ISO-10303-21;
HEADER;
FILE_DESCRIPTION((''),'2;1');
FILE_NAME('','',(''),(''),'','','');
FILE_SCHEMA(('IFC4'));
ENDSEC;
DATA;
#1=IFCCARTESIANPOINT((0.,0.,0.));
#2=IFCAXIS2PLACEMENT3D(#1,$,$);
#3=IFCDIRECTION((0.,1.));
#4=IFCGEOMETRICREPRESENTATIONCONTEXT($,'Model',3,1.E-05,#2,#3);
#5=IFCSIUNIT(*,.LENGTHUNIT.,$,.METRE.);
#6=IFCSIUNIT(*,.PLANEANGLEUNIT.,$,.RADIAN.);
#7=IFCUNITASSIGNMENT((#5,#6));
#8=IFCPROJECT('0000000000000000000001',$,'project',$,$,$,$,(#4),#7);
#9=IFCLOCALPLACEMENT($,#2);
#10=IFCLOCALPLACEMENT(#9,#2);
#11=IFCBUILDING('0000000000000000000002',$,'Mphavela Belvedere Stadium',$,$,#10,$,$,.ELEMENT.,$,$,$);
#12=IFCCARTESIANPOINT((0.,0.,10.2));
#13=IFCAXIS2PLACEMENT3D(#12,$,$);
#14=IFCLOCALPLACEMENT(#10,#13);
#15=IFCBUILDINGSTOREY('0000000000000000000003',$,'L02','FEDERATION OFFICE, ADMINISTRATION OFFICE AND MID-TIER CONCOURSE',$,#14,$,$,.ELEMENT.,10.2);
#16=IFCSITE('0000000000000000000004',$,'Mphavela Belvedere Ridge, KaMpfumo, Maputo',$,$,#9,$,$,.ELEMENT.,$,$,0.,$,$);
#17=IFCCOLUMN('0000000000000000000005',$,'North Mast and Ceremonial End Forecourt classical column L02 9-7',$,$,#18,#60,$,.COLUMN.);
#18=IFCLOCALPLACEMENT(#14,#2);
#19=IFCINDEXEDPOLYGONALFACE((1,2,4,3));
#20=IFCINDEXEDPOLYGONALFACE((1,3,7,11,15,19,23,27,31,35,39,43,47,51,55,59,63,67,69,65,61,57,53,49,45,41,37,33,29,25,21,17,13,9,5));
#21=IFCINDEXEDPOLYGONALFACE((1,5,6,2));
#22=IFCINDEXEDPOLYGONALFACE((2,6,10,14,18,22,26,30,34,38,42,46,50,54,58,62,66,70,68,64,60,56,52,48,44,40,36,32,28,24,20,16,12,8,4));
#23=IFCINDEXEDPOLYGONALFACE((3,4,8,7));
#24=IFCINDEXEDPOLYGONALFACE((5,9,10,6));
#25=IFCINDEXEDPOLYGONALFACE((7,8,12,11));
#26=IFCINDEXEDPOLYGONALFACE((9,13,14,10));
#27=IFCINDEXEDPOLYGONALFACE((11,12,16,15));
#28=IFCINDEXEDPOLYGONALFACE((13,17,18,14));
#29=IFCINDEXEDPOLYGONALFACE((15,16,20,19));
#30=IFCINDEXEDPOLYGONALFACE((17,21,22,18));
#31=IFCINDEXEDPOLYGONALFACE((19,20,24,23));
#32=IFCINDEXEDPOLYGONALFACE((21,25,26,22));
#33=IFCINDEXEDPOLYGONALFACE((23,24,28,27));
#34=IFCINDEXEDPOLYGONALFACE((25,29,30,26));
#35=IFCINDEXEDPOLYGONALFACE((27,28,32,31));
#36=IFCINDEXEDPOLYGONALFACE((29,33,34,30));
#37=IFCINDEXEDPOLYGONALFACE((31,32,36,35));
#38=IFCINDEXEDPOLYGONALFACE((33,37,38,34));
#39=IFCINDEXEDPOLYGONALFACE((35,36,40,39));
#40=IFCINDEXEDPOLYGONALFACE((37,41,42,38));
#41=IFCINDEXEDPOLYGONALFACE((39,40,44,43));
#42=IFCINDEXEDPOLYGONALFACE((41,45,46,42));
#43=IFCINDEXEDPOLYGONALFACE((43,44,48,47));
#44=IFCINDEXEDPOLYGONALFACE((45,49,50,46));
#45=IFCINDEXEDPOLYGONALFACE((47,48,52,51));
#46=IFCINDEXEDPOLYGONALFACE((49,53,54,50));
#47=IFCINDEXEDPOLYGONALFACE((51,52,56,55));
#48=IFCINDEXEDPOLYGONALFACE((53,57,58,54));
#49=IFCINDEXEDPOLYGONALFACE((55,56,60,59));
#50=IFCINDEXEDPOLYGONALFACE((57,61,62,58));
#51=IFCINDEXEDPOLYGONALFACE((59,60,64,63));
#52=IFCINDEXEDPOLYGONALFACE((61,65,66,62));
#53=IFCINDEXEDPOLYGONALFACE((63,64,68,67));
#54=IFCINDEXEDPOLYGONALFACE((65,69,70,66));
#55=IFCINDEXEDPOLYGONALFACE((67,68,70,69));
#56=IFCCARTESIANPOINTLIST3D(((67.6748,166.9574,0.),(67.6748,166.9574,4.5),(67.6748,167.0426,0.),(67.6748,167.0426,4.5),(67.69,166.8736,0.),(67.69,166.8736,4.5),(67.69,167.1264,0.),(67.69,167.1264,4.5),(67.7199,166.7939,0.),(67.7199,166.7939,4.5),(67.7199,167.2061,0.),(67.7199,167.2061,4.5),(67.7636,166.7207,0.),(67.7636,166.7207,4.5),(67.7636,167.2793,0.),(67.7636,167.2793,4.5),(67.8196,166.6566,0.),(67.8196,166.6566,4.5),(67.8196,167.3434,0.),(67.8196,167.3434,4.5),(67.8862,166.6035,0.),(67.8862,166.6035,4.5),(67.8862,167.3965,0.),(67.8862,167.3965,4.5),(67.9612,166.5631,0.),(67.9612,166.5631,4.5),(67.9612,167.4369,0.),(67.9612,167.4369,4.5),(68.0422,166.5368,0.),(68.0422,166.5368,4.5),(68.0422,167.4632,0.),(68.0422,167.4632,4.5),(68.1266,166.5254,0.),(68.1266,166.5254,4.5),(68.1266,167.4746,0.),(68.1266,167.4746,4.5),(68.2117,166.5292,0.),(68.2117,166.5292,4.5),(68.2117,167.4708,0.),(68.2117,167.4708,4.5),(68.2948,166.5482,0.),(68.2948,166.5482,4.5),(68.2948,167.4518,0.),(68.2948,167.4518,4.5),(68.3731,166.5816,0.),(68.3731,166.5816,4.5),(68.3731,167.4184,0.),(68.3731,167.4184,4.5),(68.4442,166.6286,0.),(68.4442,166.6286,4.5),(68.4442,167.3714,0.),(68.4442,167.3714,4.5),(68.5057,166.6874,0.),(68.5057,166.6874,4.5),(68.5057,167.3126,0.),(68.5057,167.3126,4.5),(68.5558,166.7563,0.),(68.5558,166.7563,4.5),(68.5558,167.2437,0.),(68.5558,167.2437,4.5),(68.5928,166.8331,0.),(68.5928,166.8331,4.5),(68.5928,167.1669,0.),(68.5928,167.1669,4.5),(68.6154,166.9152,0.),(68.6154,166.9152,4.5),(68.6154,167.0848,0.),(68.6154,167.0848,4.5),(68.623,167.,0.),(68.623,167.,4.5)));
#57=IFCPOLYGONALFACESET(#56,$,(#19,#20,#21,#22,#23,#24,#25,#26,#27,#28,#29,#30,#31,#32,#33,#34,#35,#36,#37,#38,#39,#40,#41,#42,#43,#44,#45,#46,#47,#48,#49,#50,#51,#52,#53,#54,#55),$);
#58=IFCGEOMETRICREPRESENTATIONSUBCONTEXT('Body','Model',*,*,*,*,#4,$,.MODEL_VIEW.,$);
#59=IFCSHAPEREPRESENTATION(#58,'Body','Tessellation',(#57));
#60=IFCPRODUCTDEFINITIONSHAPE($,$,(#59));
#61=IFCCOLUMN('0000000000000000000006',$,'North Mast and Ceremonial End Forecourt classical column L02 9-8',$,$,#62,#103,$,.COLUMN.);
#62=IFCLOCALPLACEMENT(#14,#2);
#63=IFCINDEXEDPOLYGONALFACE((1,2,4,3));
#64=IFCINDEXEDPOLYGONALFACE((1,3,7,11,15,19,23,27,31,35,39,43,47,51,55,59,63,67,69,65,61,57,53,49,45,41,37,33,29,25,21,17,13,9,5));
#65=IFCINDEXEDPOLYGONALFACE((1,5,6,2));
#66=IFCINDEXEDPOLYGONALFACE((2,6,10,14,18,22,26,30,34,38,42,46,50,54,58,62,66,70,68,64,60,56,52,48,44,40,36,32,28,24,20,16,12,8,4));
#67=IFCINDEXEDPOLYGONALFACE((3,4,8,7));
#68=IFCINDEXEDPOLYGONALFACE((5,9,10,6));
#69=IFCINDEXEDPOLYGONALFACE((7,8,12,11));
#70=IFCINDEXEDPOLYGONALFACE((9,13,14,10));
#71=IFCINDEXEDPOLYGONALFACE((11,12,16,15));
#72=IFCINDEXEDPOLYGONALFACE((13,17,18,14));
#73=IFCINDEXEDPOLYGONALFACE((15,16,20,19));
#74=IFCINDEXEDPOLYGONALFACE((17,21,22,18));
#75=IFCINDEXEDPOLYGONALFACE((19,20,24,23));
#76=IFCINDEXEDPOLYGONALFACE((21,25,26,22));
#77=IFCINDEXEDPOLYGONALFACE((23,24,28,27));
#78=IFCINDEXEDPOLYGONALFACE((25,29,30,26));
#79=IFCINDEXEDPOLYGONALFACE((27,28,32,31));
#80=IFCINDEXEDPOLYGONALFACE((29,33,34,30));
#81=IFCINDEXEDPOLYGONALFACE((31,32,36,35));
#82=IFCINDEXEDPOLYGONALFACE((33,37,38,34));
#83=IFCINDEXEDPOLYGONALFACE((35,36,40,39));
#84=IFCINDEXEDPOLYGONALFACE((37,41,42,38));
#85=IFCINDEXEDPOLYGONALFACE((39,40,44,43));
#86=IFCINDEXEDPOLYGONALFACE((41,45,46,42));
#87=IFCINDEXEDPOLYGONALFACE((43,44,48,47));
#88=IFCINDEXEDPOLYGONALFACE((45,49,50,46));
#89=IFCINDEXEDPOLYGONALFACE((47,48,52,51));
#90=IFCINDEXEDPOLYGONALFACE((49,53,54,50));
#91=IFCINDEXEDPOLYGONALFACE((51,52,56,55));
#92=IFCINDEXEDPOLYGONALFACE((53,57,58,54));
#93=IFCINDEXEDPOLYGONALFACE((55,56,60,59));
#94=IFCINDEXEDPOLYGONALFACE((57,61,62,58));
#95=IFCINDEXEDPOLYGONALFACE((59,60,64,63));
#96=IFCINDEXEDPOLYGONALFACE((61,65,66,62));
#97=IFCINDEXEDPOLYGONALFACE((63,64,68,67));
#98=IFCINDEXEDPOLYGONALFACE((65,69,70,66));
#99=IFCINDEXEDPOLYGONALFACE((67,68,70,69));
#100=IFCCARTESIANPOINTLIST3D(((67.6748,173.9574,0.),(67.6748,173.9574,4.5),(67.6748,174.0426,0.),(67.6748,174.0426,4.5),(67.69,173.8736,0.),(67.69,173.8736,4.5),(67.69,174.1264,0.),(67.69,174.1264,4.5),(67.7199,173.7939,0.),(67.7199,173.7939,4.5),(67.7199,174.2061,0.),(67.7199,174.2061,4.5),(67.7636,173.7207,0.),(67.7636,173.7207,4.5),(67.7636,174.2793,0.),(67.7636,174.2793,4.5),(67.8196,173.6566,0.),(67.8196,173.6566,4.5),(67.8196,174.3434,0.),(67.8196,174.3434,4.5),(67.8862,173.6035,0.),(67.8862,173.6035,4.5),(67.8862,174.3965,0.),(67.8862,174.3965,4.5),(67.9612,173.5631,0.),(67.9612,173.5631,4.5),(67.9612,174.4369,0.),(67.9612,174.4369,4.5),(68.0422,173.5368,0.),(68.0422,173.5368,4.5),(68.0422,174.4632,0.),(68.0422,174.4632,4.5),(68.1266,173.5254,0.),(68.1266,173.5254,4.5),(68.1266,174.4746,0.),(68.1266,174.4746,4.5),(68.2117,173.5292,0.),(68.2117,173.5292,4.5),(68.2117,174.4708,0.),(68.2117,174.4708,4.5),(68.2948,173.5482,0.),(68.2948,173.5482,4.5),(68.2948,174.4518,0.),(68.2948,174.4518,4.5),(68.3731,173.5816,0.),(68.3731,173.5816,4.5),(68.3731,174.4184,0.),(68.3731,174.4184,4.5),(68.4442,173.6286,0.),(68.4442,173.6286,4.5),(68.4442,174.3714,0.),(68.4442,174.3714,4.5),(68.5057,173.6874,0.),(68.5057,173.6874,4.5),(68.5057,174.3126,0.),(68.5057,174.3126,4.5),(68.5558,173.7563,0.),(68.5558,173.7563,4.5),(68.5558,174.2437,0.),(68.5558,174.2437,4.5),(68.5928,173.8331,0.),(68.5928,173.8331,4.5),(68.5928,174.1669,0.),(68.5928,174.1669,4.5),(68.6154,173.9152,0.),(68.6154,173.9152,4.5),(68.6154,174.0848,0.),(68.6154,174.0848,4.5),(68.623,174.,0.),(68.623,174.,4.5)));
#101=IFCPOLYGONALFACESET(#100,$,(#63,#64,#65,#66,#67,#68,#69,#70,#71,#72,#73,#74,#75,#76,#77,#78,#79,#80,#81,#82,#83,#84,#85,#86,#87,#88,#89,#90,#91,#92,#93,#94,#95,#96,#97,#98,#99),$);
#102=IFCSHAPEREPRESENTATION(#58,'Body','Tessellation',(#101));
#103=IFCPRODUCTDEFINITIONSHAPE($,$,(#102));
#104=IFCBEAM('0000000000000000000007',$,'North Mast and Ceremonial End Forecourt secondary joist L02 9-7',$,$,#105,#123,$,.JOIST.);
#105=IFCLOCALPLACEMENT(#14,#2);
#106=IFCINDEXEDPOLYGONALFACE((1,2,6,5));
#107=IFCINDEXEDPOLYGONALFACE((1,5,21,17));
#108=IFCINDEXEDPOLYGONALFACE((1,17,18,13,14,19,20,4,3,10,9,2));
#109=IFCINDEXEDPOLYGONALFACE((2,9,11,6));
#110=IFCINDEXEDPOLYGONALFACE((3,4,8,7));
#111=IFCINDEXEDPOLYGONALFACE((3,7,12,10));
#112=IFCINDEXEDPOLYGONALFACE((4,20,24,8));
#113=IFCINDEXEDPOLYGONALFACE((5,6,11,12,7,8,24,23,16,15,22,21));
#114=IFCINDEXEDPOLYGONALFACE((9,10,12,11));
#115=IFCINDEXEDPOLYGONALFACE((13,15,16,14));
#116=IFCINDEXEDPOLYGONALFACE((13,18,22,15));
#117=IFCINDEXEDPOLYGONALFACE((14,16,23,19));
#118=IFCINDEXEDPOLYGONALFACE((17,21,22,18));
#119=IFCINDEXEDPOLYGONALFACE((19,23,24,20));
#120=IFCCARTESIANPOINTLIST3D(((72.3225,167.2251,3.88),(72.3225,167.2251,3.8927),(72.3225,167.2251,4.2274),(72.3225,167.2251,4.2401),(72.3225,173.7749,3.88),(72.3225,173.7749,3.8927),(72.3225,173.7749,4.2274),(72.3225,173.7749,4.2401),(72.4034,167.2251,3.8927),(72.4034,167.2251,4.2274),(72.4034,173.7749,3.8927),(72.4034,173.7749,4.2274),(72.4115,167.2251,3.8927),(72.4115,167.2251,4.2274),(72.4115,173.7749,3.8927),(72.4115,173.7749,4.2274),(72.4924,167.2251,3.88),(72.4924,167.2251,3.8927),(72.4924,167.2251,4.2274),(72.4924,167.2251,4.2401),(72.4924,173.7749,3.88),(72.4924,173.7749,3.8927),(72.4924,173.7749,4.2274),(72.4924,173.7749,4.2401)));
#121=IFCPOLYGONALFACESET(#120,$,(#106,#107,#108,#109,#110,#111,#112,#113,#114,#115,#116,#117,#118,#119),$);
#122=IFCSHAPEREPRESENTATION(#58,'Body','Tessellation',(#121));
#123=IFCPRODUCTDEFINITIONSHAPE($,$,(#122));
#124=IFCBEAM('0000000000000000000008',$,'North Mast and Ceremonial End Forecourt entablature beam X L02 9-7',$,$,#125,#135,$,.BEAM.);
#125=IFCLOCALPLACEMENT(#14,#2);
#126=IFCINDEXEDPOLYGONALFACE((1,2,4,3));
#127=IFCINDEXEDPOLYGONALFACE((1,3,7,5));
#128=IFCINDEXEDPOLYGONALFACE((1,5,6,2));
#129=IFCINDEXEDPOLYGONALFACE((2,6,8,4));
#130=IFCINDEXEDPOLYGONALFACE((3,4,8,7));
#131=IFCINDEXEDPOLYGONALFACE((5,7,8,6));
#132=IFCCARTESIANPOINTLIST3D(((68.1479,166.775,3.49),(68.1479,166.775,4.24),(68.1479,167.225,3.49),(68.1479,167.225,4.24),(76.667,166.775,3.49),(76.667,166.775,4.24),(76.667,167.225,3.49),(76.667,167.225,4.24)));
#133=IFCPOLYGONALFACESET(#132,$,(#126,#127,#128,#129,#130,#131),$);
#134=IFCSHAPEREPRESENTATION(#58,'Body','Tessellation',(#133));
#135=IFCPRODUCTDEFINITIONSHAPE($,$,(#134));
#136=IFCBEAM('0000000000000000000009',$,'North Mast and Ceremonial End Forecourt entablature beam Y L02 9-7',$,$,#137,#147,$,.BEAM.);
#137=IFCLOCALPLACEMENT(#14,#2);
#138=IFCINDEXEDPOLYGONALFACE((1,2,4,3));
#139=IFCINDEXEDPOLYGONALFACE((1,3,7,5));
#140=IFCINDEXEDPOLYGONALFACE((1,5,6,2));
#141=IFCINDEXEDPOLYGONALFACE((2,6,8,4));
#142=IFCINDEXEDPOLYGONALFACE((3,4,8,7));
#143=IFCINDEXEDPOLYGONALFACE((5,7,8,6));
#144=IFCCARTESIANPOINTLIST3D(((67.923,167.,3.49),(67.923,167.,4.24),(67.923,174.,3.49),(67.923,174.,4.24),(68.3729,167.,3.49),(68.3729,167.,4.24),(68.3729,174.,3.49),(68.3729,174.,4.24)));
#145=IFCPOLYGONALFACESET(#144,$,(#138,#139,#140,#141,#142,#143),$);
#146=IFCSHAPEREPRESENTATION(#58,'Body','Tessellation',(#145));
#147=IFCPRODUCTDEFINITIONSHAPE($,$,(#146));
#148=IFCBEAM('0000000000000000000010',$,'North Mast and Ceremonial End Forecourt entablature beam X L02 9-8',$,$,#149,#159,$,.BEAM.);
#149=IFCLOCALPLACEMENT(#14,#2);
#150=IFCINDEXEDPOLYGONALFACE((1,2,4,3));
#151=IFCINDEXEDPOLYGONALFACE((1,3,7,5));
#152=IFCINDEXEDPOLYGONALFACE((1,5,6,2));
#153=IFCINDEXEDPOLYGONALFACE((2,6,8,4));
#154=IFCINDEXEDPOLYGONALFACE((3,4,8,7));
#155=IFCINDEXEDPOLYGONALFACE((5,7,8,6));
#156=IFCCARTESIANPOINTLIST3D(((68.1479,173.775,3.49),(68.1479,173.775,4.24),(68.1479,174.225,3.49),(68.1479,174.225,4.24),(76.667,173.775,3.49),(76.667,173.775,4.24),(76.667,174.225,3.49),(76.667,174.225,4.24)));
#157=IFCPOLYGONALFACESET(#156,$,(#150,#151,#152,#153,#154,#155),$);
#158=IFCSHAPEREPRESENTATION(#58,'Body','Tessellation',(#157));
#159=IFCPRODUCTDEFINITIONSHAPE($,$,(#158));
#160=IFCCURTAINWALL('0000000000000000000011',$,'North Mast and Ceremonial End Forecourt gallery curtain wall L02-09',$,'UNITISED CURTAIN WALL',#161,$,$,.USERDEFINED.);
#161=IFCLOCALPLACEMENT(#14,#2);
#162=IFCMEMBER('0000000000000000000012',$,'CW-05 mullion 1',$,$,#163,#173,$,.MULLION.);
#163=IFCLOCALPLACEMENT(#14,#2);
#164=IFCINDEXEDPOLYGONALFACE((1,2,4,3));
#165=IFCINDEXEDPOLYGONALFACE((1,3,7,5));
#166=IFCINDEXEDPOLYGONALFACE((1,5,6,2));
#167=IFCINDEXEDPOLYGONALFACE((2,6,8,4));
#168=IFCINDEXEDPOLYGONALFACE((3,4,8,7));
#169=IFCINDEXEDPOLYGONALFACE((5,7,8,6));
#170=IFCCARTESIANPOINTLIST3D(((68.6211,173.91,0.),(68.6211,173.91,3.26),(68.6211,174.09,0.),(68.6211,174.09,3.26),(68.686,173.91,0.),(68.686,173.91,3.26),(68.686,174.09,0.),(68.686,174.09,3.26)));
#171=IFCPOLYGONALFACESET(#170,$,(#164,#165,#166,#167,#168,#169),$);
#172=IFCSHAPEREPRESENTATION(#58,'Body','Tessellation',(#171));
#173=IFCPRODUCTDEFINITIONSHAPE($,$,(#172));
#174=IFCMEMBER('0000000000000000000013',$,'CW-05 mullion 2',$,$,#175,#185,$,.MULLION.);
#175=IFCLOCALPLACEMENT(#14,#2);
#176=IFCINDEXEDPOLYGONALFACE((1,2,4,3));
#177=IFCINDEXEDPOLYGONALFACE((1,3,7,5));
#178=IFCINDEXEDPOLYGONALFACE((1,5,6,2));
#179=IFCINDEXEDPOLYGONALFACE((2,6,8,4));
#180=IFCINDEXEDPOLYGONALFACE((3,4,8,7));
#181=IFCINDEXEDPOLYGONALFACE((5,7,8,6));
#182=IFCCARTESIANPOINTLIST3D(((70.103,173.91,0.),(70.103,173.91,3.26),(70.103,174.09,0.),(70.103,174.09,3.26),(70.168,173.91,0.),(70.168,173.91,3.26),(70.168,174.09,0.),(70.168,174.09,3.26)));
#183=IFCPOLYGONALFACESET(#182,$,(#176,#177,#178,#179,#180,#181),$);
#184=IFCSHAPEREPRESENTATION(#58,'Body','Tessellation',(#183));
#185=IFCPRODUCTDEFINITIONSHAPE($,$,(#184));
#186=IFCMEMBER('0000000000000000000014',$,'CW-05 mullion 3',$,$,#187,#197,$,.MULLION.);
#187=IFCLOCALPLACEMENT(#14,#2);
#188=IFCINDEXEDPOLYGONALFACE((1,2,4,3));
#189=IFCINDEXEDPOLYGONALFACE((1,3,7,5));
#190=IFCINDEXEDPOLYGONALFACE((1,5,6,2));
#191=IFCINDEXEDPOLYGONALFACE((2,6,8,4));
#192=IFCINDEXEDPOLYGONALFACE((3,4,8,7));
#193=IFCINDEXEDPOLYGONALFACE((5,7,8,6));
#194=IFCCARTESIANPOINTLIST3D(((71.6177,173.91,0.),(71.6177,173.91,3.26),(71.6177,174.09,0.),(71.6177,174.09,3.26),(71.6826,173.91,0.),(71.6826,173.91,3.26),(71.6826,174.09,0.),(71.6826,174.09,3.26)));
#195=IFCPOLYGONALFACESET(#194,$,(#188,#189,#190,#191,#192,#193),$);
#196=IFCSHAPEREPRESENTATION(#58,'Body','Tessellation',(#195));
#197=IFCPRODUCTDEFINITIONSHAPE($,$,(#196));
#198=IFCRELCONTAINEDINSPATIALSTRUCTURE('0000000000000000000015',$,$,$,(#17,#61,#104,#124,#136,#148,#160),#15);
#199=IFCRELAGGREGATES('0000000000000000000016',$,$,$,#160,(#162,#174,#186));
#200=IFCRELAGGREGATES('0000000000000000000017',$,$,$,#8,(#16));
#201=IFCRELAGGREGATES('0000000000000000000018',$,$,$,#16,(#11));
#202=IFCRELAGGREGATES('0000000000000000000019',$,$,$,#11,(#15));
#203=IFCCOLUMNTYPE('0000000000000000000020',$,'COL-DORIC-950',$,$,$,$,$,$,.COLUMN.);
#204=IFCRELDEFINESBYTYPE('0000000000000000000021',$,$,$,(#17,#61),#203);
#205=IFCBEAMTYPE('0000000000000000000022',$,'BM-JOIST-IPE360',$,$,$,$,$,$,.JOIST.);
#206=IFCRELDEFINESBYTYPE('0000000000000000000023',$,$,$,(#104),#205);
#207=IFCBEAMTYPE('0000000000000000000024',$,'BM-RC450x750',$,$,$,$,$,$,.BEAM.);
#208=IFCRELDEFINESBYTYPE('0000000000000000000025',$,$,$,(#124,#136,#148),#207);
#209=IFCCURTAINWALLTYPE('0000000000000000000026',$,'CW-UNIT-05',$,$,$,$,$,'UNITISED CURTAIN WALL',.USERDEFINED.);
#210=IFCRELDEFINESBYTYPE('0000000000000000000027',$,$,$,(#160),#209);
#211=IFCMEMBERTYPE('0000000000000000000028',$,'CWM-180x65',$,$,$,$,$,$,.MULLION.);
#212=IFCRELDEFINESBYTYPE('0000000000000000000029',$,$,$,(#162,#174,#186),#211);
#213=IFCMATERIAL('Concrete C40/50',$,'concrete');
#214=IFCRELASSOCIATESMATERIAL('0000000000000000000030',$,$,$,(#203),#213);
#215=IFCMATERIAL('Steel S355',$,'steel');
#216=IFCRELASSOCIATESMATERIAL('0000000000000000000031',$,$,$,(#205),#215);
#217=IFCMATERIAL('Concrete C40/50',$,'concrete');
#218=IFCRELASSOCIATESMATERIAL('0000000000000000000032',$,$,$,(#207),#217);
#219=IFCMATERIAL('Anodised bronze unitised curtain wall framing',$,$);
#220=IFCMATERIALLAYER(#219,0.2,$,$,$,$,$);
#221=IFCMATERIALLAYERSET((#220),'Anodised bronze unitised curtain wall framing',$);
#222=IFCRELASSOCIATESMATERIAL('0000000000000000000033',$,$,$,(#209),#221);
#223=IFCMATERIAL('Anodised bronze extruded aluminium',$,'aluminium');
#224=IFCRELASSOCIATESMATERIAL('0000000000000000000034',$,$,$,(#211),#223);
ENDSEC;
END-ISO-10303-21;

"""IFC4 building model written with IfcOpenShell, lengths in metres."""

from ifc_helpers import new_model, si_unit, direction, frame, origin, origin_2d, place, context, subcontext, project, spatial, rectangle, circle, i_section, extrude, material, layer, layer_set, material_profile, profile_set, type_object, element, aggregate, save


model = new_model("IFC4")

# Units and contexts
model_context = context("Model", 3, precision=1e-05, world=origin(), true_north=direction((0.0, 1.0)))
body_context = subcontext(model_context, "Body", "Model", "MODEL_VIEW")
ifc_project = project(units=[si_unit("LENGTHUNIT", "METRE"), si_unit("PLANEANGLEUNIT", "RADIAN")], contexts=[model_context])

# Site, building, storey
site_placement = place(None, origin())
site = spatial("IfcSite", under=ifc_project, at=site_placement, Name="Mphavela Belvedere Ridge, KaMpfumo, Maputo", CompositionType="ELEMENT", RefElevation=0.0)
building_placement = place(site_placement, origin())
building = spatial("IfcBuilding", under=site, at=building_placement, Name="Mphavela Belvedere Stadium", CompositionType="ELEMENT")
storey_placement = place(building_placement, frame((0.0, 0.0, 10.2)))
storey = spatial("IfcBuildingStorey", under=building, at=storey_placement, Name="L02", Description="FEDERATION OFFICE, ADMINISTRATION OFFICE AND MID-TIER CONCOURSE", CompositionType="ELEMENT", Elevation=10.2)

# Columns
ifc_material_1 = material(Name="Concrete C40/50", Category="concrete")
ifc_material_profile_1 = material_profile(ifc_material_1, circle(Radius=0.4751, at=origin_2d()), Name="COL D950")
ifc_profile_set_1 = profile_set([ifc_material_profile_1], Name="Concrete C40/50")
column_type = type_object("IfcColumnType", Name="COL-DORIC-950", PredefinedType="COLUMN", material=ifc_profile_set_1)
for number, where, z_axis, x_axis, name in (
    (1, (68.1479, 167.0, 0.0), (0.0, 0.0, 1.0), (1.0, 0.0, 0.0), "North Mast and Ceremonial End Forecourt classical column L02 9-7"),
    (2, (68.1479, 174.0, 0.0), (0.0, 0.0, 1.0), (1.0, 0.0, 0.0), "North Mast and Ceremonial End Forecourt classical column L02 9-8"),
):
    element("IfcColumn", number, at=place(storey_placement, frame(where, z_axis=z_axis, x_axis=x_axis)), inside=storey, type_object=column_type, Name=name, PredefinedType="COLUMN", context=body_context, shape_type="SweptSolid", body=[
        extrude(circle(Radius=0.4751, at=origin_2d()), origin(), (0.0, 0.0, 1.0), 4.5),
    ])

# Beams
ifc_material_2 = material(Name="Steel S355", Category="steel")
ifc_material_profile_2 = material_profile(ifc_material_2, i_section(OverallWidth=0.1699, OverallDepth=0.3601, WebThickness=0.0081, FlangeThickness=0.0127, at=origin_2d()), Name="IPE 360")
ifc_profile_set_2 = profile_set([ifc_material_profile_2], Name="Steel S355")
beam_type_1 = type_object("IfcBeamType", Name="BM-JOIST-IPE360", PredefinedType="JOIST", material=ifc_profile_set_2)
beam_1_placement = place(storey_placement, frame((72.4075, 167.2251, 4.0601), z_axis=(0.0, 1.0, 0.0), x_axis=(-1.0, 0.0, 0.0)))
element("IfcBeam", 3, at=beam_1_placement, inside=storey, type_object=beam_type_1, Name="North Mast and Ceremonial End Forecourt secondary joist L02 9-7", PredefinedType="JOIST", context=body_context, shape_type="SweptSolid", body=[
    extrude(i_section(OverallWidth=0.1699, OverallDepth=0.3601, WebThickness=0.0081, FlangeThickness=0.0127, at=origin_2d()), origin(), (0.0, 0.0, 1.0), 6.5498),
])
ifc_material_3 = material(Name="Concrete C40/50", Category="concrete")
ifc_material_profile_3 = material_profile(ifc_material_3, rectangle(XDim=0.45, YDim=0.75, at=origin_2d()), Name="RC 450x750")
ifc_profile_set_3 = profile_set([ifc_material_profile_3], Name="Concrete C40/50")
beam_type_2 = type_object("IfcBeamType", Name="BM-RC450x750", PredefinedType="BEAM", material=ifc_profile_set_3)
beam_2_placement = place(storey_placement, frame((68.1479, 167.0, 3.865), z_axis=(1.0, 0.0, 0.0), x_axis=(0.0, 1.0, 0.0)))
element("IfcBeam", 4, at=beam_2_placement, inside=storey, type_object=beam_type_2, Name="North Mast and Ceremonial End Forecourt entablature beam X L02 9-7", PredefinedType="BEAM", context=body_context, shape_type="SweptSolid", body=[
    extrude(rectangle(XDim=0.45, YDim=0.75, at=origin_2d()), origin(), (0.0, 0.0, 1.0), 8.519),
])
beam_3_placement = place(storey_placement, frame((68.1479, 167.0, 3.865), z_axis=(0.0, 1.0, 0.0), x_axis=(-1.0, 0.0, 0.0)))
element("IfcBeam", 5, at=beam_3_placement, inside=storey, type_object=beam_type_2, Name="North Mast and Ceremonial End Forecourt entablature beam Y L02 9-7", PredefinedType="BEAM", context=body_context, shape_type="SweptSolid", body=[
    extrude(rectangle(XDim=0.45, YDim=0.75, at=origin_2d()), origin(), (0.0, 0.0, 1.0), 7.0),
])
beam_4_placement = place(storey_placement, frame((68.1479, 174.0, 3.865), z_axis=(1.0, 0.0, 0.0), x_axis=(0.0, 1.0, 0.0)))
element("IfcBeam", 6, at=beam_4_placement, inside=storey, type_object=beam_type_2, Name="North Mast and Ceremonial End Forecourt entablature beam X L02 9-8", PredefinedType="BEAM", context=body_context, shape_type="SweptSolid", body=[
    extrude(rectangle(XDim=0.45, YDim=0.75, at=origin_2d()), origin(), (0.0, 0.0, 1.0), 8.519),
])

# Curtain wall, members
ifc_material_4 = material(Name="Anodised bronze unitised curtain wall framing")
ifc_layer_1 = layer(ifc_material_4, 0.2)
ifc_layer_set_1 = layer_set([ifc_layer_1], Name="Anodised bronze unitised curtain wall framing")
curtain_wall_type = type_object("IfcCurtainWallType", Name="CW-UNIT-05", ElementType="UNITISED CURTAIN WALL", PredefinedType="USERDEFINED", material=ifc_layer_set_1)
curtain_wall_placement = place(storey_placement, origin())
curtain_wall = element("IfcCurtainWall", 7, at=curtain_wall_placement, inside=storey, type_object=curtain_wall_type, Name="North Mast and Ceremonial End Forecourt gallery curtain wall L02-09", ObjectType="UNITISED CURTAIN WALL", PredefinedType="USERDEFINED")
ifc_material_5 = material(Name="Anodised bronze extruded aluminium", Category="aluminium")
ifc_material_profile_4 = material_profile(ifc_material_5, rectangle(XDim=0.1799, YDim=0.0649, at=origin_2d()), Name="CW-MUL 180x65")
ifc_profile_set_4 = profile_set([ifc_material_profile_4], Name="Anodised bronze extruded aluminium")
member_type_1 = type_object("IfcMemberType", Name="CWM-180x65", PredefinedType="MULLION", material=ifc_profile_set_4)
member_1_placement = place(storey_placement, frame((68.6536, 174.0, 0.0), z_axis=(0.0, 0.0, 1.0), x_axis=(0.0, 1.0, 0.0)))
member_1 = element("IfcMember", 8, at=member_1_placement, type_object=member_type_1, Name="CW-05 mullion 1", PredefinedType="MULLION", context=body_context, shape_type="SweptSolid", body=[
    extrude(rectangle(XDim=0.1799, YDim=0.0649, at=origin_2d()), origin(), (0.0, 0.0, 1.0), 3.26),
])
member_2_placement = place(storey_placement, frame((70.1355, 174.0, 0.0), z_axis=(0.0, 0.0, 1.0), x_axis=(0.0, 1.0, 0.0)))
member_2 = element("IfcMember", 9, at=member_2_placement, type_object=member_type_1, Name="CW-05 mullion 2", PredefinedType="MULLION", context=body_context, shape_type="SweptSolid", body=[
    extrude(rectangle(XDim=0.1799, YDim=0.0649, at=origin_2d()), origin(), (0.0, 0.0, 1.0), 3.26),
])
member_3_placement = place(storey_placement, frame((71.6501, 174.0, 0.0), z_axis=(0.0, 0.0, 1.0), x_axis=(0.0, 1.0, 0.0)))
member_3 = element("IfcMember", 10, at=member_3_placement, type_object=member_type_1, Name="CW-05 mullion 3", PredefinedType="MULLION", context=body_context, shape_type="SweptSolid", body=[
    extrude(rectangle(XDim=0.1799, YDim=0.0649, at=origin_2d()), origin(), (0.0, 0.0, 1.0), 3.26),
])
aggregate(curtain_wall, [member_1, member_2, member_3])

save(model, "model.ifc")
